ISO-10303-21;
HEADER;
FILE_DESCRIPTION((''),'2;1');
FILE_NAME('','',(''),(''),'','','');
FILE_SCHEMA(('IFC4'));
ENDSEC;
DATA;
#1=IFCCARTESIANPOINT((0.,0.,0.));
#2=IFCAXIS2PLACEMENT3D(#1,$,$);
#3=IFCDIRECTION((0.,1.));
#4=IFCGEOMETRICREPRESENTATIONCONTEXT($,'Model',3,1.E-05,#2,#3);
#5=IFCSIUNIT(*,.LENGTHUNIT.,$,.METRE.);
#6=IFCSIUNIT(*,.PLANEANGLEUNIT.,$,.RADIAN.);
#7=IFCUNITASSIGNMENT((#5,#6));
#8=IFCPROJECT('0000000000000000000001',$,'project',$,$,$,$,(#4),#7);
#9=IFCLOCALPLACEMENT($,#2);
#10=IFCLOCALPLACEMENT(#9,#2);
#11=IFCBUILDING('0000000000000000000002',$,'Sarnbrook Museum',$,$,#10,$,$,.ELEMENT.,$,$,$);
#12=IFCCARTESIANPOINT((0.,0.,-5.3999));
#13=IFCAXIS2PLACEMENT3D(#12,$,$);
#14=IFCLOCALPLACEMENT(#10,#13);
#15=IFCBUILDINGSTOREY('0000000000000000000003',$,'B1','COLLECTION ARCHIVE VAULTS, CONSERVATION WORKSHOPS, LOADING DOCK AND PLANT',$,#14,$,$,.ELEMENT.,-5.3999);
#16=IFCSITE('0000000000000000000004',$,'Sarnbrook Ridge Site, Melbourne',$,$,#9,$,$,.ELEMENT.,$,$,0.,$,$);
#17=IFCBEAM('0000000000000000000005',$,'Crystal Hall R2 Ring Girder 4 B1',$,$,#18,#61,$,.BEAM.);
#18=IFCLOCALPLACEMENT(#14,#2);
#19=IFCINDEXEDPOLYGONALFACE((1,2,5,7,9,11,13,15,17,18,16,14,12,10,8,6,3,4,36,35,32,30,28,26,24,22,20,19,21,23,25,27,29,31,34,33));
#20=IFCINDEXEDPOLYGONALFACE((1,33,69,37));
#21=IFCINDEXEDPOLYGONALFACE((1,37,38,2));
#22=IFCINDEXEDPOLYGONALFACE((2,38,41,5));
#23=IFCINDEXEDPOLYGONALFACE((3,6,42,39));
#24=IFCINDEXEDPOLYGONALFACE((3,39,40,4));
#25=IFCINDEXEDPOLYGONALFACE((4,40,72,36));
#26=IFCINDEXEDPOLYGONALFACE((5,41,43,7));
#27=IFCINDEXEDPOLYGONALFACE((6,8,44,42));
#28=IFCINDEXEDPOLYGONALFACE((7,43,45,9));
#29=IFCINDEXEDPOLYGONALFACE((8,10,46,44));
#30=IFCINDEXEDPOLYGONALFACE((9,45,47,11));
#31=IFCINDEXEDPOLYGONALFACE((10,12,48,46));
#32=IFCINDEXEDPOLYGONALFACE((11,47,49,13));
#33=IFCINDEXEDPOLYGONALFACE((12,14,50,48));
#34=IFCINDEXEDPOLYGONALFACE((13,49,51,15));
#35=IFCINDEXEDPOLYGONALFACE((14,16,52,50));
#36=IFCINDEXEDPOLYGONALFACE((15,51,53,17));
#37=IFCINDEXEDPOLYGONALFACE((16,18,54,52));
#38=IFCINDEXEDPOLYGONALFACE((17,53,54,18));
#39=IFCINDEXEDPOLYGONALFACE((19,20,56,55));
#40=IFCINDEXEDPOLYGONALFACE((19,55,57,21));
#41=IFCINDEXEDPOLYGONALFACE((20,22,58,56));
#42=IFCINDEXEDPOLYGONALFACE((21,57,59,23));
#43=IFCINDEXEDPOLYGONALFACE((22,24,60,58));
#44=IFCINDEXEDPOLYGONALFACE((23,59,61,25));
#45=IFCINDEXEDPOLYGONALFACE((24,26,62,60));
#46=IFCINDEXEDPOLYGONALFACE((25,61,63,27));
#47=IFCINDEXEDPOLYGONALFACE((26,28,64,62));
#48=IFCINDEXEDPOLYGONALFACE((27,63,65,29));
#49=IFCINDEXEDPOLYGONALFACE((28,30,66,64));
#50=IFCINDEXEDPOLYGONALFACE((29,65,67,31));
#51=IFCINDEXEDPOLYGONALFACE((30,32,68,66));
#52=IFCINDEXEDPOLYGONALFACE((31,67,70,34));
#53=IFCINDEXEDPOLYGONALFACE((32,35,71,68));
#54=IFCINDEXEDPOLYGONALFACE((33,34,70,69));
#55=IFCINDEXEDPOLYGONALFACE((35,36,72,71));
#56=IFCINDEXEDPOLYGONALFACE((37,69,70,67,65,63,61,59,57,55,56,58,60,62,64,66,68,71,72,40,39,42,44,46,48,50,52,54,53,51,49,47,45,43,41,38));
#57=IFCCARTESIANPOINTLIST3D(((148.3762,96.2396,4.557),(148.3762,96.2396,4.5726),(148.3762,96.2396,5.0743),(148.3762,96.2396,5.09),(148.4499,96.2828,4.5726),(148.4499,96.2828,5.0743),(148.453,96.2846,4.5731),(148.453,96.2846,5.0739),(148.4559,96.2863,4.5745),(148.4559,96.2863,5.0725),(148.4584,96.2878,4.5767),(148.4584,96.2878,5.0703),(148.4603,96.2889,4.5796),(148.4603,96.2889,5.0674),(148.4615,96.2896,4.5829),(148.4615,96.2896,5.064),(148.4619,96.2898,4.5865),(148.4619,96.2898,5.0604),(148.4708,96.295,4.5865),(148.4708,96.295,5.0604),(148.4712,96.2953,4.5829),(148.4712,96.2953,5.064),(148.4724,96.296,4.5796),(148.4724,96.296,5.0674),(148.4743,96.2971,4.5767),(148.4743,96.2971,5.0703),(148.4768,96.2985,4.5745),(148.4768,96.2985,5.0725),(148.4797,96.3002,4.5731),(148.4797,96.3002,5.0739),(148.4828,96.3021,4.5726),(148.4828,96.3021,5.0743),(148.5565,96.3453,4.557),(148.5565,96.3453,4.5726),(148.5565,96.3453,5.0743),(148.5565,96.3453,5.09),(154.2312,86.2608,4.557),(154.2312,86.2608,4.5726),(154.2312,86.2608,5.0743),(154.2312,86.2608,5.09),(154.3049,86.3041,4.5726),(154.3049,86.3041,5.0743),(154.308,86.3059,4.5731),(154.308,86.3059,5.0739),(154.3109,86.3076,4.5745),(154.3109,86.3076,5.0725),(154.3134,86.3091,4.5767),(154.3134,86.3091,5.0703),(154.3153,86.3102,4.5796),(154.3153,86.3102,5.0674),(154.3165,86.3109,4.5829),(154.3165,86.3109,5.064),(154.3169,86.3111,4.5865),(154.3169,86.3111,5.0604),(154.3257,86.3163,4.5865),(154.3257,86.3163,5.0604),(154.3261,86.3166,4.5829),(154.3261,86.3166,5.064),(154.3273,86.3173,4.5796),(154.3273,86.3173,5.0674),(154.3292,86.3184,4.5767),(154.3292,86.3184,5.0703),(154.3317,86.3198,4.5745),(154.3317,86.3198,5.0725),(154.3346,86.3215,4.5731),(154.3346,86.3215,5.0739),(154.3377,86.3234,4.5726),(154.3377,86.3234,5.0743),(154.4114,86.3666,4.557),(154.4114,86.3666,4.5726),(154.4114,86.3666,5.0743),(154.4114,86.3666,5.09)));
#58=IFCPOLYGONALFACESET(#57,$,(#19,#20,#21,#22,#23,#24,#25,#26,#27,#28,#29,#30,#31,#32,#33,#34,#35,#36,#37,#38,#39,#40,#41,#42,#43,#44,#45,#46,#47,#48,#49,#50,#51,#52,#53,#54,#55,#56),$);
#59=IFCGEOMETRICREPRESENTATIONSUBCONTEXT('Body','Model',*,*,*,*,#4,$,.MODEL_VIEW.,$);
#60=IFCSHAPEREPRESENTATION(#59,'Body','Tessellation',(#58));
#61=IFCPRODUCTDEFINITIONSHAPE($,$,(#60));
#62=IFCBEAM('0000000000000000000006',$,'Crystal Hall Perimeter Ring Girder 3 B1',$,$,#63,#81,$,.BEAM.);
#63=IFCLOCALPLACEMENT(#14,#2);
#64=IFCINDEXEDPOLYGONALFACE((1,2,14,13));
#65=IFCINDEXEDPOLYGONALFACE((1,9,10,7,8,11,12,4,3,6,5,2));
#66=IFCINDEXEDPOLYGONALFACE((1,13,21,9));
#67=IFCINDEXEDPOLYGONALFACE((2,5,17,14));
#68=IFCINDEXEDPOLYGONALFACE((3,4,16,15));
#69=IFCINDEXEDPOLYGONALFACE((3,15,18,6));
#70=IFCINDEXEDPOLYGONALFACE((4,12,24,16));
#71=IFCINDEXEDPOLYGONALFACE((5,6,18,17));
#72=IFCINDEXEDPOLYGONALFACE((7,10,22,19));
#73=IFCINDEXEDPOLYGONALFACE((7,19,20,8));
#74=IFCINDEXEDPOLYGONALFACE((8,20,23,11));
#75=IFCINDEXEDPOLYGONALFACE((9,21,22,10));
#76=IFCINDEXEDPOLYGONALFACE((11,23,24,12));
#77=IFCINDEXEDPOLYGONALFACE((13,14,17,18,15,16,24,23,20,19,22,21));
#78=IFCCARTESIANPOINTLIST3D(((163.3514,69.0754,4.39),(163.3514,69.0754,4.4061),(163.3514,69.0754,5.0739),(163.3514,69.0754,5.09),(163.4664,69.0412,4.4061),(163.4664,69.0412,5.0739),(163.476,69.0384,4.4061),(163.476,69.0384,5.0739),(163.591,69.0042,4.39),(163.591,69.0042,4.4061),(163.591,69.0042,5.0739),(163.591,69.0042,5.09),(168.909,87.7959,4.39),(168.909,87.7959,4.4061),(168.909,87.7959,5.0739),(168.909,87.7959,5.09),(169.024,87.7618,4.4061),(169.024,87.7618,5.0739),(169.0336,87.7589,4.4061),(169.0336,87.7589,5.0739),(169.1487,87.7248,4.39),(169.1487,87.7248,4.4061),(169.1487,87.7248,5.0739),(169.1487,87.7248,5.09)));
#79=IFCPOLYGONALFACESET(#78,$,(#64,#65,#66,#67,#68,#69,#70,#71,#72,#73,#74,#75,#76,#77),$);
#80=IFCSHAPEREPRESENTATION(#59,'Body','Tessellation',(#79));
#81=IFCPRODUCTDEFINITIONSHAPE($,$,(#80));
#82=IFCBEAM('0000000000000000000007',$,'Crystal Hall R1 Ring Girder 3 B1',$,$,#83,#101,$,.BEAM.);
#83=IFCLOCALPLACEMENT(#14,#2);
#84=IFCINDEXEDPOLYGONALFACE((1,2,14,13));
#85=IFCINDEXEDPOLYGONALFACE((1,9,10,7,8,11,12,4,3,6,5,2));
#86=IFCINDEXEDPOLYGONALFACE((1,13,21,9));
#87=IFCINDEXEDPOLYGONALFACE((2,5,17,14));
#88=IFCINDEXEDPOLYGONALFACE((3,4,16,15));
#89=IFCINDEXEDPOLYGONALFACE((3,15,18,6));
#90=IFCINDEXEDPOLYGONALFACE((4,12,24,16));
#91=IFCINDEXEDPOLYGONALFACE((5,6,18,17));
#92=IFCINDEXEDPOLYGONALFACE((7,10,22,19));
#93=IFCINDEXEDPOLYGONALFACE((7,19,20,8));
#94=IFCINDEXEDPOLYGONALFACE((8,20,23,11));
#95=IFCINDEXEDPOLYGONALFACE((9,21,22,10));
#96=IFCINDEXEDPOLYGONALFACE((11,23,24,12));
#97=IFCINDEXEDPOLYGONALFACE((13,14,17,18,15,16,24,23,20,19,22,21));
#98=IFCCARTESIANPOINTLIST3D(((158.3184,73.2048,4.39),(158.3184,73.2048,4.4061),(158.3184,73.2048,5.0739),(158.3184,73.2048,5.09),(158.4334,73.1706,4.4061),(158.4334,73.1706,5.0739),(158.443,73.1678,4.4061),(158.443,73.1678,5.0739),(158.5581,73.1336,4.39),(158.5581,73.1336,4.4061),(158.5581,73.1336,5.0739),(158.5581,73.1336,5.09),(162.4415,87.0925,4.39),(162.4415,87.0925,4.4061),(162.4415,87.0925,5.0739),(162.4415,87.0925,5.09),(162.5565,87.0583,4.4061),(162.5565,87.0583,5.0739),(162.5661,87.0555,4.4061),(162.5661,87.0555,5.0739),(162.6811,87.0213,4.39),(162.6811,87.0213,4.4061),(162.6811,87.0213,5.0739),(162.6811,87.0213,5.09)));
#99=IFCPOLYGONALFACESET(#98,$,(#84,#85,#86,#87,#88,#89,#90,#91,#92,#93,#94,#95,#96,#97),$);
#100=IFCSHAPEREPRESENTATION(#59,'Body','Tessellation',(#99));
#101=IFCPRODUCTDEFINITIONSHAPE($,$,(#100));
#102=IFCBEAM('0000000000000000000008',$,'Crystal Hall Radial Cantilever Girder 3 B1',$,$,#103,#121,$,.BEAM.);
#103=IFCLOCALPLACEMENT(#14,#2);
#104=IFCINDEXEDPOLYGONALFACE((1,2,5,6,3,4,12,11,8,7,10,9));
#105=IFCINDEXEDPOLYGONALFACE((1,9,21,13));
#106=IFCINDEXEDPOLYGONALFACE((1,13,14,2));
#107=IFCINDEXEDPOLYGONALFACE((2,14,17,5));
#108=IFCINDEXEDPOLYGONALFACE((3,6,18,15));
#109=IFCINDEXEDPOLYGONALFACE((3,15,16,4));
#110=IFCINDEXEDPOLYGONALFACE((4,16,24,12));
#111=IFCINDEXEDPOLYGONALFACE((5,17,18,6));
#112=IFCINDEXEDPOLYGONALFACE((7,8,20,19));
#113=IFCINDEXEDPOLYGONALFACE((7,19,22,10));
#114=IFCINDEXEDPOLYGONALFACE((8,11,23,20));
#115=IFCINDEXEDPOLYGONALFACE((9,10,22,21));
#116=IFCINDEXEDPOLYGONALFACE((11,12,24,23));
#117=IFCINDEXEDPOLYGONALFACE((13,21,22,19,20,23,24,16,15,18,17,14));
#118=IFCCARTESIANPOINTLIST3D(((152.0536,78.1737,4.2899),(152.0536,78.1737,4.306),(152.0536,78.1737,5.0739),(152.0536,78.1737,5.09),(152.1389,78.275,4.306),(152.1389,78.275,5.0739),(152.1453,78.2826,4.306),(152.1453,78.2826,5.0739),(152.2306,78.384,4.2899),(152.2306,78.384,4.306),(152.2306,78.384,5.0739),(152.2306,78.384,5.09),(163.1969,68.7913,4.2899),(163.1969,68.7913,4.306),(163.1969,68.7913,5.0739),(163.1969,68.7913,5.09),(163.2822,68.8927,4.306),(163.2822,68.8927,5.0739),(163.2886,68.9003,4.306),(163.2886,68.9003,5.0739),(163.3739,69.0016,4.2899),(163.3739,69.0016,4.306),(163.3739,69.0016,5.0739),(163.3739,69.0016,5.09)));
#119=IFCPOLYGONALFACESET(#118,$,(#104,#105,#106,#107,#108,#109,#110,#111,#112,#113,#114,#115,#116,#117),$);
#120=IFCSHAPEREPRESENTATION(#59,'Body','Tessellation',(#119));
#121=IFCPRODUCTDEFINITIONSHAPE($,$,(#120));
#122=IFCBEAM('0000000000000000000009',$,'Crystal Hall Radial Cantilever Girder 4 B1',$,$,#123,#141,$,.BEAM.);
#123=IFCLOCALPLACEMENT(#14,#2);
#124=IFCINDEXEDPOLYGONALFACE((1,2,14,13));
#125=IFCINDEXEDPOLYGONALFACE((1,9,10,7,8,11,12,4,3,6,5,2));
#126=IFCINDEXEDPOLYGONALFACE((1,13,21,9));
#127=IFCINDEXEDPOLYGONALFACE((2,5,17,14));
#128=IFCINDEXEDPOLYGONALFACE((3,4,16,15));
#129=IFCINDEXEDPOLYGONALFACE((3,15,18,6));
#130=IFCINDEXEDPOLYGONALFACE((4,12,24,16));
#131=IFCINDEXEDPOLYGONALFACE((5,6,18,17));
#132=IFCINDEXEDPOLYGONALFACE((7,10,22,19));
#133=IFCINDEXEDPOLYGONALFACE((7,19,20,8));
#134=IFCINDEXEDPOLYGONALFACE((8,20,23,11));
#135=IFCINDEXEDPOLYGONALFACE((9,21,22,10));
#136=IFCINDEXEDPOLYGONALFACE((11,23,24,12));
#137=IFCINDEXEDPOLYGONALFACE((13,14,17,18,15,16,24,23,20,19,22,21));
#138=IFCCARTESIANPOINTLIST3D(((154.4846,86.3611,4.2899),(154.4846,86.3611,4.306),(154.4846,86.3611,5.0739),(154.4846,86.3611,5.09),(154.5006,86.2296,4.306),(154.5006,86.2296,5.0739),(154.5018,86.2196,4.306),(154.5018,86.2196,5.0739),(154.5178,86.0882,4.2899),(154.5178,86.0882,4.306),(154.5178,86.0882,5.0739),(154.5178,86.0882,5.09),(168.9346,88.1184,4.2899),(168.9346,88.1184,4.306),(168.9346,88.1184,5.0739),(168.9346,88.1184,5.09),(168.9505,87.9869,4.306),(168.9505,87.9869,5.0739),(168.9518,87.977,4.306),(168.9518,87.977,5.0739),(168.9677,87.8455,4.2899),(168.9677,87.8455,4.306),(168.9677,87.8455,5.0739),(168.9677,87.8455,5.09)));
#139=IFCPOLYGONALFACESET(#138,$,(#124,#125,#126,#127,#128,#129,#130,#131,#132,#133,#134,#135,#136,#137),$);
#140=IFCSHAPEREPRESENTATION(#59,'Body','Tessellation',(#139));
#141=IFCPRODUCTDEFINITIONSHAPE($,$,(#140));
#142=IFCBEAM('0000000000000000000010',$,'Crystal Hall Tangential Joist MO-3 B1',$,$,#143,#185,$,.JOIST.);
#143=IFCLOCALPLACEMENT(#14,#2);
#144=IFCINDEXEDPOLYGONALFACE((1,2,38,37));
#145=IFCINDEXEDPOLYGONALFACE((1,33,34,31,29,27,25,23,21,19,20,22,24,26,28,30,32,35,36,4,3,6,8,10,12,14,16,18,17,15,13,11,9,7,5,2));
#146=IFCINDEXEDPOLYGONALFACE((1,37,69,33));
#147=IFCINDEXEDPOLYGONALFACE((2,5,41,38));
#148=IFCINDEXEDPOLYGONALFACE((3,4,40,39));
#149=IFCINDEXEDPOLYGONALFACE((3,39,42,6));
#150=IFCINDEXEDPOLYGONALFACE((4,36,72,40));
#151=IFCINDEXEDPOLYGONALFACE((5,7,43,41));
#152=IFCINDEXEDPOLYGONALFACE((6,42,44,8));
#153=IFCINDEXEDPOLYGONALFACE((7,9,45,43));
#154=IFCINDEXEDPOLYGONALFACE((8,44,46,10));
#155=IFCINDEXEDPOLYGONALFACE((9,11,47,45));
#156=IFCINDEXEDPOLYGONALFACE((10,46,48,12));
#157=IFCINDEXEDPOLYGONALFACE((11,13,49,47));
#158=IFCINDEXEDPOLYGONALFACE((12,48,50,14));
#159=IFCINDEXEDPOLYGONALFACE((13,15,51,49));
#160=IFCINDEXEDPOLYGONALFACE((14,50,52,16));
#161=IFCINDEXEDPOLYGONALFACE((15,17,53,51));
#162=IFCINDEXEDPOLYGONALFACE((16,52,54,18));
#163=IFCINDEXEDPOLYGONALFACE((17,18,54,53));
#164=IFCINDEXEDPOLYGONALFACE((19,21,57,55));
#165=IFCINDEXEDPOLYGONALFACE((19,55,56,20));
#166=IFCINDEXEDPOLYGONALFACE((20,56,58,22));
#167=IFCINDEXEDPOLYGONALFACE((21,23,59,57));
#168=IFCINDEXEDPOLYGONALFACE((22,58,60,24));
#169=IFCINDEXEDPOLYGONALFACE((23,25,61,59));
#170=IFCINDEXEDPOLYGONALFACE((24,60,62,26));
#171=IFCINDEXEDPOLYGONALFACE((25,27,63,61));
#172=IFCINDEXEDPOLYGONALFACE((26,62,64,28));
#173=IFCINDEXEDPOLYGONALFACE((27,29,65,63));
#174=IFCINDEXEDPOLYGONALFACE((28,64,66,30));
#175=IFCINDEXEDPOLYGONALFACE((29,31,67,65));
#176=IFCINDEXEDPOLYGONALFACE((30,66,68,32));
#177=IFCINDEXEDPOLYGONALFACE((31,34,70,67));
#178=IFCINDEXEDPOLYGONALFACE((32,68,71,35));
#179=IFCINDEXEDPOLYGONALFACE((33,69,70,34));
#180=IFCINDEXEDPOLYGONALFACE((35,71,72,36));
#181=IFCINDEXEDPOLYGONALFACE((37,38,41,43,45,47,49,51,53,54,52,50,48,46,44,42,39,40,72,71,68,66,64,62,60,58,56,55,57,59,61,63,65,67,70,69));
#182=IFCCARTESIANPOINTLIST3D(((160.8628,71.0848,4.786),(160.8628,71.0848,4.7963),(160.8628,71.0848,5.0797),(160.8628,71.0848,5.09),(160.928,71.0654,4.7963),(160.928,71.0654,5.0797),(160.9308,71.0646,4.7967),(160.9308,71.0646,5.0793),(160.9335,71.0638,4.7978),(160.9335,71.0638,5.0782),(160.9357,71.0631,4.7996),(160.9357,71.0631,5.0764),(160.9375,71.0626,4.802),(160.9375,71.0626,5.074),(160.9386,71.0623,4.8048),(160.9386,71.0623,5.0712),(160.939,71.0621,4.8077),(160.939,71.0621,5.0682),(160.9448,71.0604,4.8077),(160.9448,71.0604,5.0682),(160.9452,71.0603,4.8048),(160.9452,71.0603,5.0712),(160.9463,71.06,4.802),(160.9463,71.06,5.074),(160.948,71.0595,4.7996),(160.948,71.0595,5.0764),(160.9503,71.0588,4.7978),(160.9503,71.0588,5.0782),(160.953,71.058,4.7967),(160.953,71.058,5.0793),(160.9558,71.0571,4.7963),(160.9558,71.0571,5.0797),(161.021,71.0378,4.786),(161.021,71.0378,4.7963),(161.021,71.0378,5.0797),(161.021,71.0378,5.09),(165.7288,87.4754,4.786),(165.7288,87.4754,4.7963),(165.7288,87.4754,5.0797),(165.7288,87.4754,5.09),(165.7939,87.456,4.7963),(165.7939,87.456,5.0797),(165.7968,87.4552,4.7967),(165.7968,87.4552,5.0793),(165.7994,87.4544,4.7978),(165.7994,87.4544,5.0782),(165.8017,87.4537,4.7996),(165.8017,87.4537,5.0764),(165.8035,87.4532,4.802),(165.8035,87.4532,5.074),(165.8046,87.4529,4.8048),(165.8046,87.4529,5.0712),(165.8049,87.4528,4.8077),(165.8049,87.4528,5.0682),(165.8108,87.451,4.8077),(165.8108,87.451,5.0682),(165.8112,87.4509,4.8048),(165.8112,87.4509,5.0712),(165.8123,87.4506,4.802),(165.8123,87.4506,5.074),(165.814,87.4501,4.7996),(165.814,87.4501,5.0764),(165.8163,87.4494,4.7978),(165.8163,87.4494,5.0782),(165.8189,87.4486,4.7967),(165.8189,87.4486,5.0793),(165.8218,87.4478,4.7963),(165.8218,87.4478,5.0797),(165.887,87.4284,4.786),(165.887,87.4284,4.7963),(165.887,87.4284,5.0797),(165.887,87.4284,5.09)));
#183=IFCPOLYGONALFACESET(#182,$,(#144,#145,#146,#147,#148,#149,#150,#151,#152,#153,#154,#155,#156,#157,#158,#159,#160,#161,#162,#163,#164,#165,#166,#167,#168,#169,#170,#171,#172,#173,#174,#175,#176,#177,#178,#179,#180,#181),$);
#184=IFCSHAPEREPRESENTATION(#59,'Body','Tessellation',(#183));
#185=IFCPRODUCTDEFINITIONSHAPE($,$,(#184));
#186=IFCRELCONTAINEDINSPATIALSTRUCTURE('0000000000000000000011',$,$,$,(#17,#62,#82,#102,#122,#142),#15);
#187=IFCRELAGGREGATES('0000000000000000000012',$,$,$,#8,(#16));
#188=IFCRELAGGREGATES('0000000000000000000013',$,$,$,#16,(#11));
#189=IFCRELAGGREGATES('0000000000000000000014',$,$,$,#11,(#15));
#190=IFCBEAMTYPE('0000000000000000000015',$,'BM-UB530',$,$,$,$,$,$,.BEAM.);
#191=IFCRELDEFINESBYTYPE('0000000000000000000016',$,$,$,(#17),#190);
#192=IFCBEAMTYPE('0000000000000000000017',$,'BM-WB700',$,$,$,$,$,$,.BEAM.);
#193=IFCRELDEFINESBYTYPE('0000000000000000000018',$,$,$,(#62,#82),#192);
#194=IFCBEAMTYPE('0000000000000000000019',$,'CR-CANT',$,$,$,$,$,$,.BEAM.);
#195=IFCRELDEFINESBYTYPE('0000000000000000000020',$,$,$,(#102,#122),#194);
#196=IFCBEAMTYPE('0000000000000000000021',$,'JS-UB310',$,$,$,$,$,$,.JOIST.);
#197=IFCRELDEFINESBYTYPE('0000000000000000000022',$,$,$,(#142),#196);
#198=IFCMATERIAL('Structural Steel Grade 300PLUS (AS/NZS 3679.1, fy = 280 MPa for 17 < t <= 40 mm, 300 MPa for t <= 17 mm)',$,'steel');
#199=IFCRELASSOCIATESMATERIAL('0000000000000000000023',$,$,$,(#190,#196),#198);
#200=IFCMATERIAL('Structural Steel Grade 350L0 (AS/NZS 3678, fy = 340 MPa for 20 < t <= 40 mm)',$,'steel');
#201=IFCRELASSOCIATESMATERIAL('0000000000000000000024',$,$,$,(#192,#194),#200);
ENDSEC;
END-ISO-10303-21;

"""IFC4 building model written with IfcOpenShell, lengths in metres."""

from ifc_helpers import new_model, si_unit, direction, frame, origin, origin_2d, place, context, subcontext, project, spatial, i_section, extrude, material, material_profile, profile_set, type_object, element, save


model = new_model("IFC4")

# Units and contexts
model_context = context("Model", 3, precision=1e-05, world=origin(), true_north=direction((0.0, 1.0)))
body_context = subcontext(model_context, "Body", "Model", "MODEL_VIEW")
ifc_project = project(units=[si_unit("LENGTHUNIT", "METRE"), si_unit("PLANEANGLEUNIT", "RADIAN")], contexts=[model_context])

# Site, building, storey
site_placement = place(None, origin())
site = spatial("IfcSite", under=ifc_project, at=site_placement, Name="Sarnbrook Ridge Site, Melbourne", CompositionType="ELEMENT", RefElevation=0.0)
building_placement = place(site_placement, origin())
building = spatial("IfcBuilding", under=site, at=building_placement, Name="Sarnbrook Museum", CompositionType="ELEMENT")
storey_placement = place(building_placement, frame((0.0, 0.0, -5.3999)))
storey = spatial("IfcBuildingStorey", under=building, at=storey_placement, Name="B1", Description="COLLECTION ARCHIVE VAULTS, CONSERVATION WORKSHOPS, LOADING DOCK AND PLANT", CompositionType="ELEMENT", Elevation=-5.3999)

# Shared definitions
ifc_material_1 = material(Name="Structural Steel Grade 350L0 (AS/NZS 3678, fy = 340 MPa for 20 < t <= 40 mm)", Category="steel")

# Beams
ifc_material_2 = material(Name="Structural Steel Grade 300PLUS (AS/NZS 3679.1, fy = 280 MPa for 17 < t <= 40 mm, 300 MPa for t <= 17 mm)", Category="steel")
ifc_material_profile_1 = material_profile(ifc_material_2, i_section(OverallWidth=0.209, OverallDepth=0.533, WebThickness=0.0103, FlangeThickness=0.0156, FilletRadius=0.0139, at=origin_2d()), Name="530UB92.4")
ifc_profile_set_1 = profile_set([ifc_material_profile_1], Name="Structural Steel Grade 300PLUS (AS/NZS 3679.1, fy = 280 MPa for 17 < t <= 40 mm, 300 MPa for t <= 17 mm)")
beam_type_1 = type_object("IfcBeamType", Name="BM-UB530", PredefinedType="BEAM", material=ifc_profile_set_1)
beam_1_placement = place(storey_placement, frame((154.3213, 86.3137, 4.8235), z_axis=(-0.506064, 0.862496, 0.0), x_axis=(-0.862496, -0.506064, 0.0)))
element("IfcBeam", 1, at=beam_1_placement, inside=storey, type_object=beam_type_1, Name="Crystal Hall R2 Ring Girder 4 B1", PredefinedType="BEAM", context=body_context, shape_type="SweptSolid", body=[
    extrude(i_section(OverallWidth=0.209, OverallDepth=0.533, WebThickness=0.0103, FlangeThickness=0.0156, FilletRadius=0.0139, at=origin_2d()), origin(), (0.0, 0.0, 1.0), 11.5696),
])
ifc_material_profile_2 = material_profile(ifc_material_1, i_section(OverallWidth=0.25, OverallDepth=0.7, WebThickness=0.01, FlangeThickness=0.0161, at=origin_2d()), Name="700WB130")
ifc_profile_set_2 = profile_set([ifc_material_profile_2], Name="Structural Steel Grade 350L0 (AS/NZS 3678, fy = 340 MPa for 20 < t <= 40 mm)")
beam_type_2 = type_object("IfcBeamType", Name="BM-WB700", PredefinedType="BEAM", material=ifc_profile_set_2)
beam_2_placement = place(storey_placement, frame((163.4712, 69.0398, 4.74), z_axis=(0.284597, 0.958647, 0.0), x_axis=(-0.958647, 0.284597, 0.0)))
element("IfcBeam", 2, at=beam_2_placement, inside=storey, type_object=beam_type_2, Name="Crystal Hall Perimeter Ring Girder 3 B1", PredefinedType="BEAM", context=body_context, shape_type="SweptSolid", body=[
    extrude(i_section(OverallWidth=0.25, OverallDepth=0.7, WebThickness=0.01, FlangeThickness=0.0161, at=origin_2d()), origin(), (0.0, 0.0, 1.0), 19.5281),
])
beam_3_placement = place(storey_placement, frame((158.4382, 73.1692, 4.74), z_axis=(0.284607, 0.958644, 0.0), x_axis=(-0.958644, 0.284607, 0.0)))
element("IfcBeam", 3, at=beam_3_placement, inside=storey, type_object=beam_type_2, Name="Crystal Hall R1 Ring Girder 3 B1", PredefinedType="BEAM", context=body_context, shape_type="SweptSolid", body=[
    extrude(i_section(OverallWidth=0.25, OverallDepth=0.7, WebThickness=0.01, FlangeThickness=0.0161, at=origin_2d()), origin(), (0.0, 0.0, 1.0), 14.4868),
])
ifc_material_profile_3 = material_profile(ifc_material_1, i_section(OverallWidth=0.2749, OverallDepth=0.8, WebThickness=0.01, FlangeThickness=0.0161, at=origin_2d()), Name="800WB146")
ifc_profile_set_3 = profile_set([ifc_material_profile_3], Name="Structural Steel Grade 350L0 (AS/NZS 3678, fy = 340 MPa for 20 < t <= 40 mm)")
beam_type_3 = type_object("IfcBeamType", Name="CR-CANT", PredefinedType="BEAM", material=ifc_profile_set_3)
beam_4_placement = place(storey_placement, frame((152.1421, 78.2788, 4.6899), z_axis=(0.764962, -0.644075, 0.0), x_axis=(0.644075, 0.764962, 0.0)))
element("IfcBeam", 4, at=beam_4_placement, inside=storey, type_object=beam_type_3, Name="Crystal Hall Radial Cantilever Girder 3 B1", PredefinedType="BEAM", context=body_context, shape_type="SweptSolid", body=[
    extrude(i_section(OverallWidth=0.2749, OverallDepth=0.8, WebThickness=0.01, FlangeThickness=0.0161, at=origin_2d()), origin(), (0.0, 0.0, 1.0), 14.5671),
])
beam_5_placement = place(storey_placement, frame((154.5012, 86.2246, 4.6899), z_axis=(0.992686, 0.120725, 0.0), x_axis=(-0.120725, 0.992686, 0.0)))
element("IfcBeam", 5, at=beam_5_placement, inside=storey, type_object=beam_type_3, Name="Crystal Hall Radial Cantilever Girder 4 B1", PredefinedType="BEAM", context=body_context, shape_type="SweptSolid", body=[
    extrude(i_section(OverallWidth=0.2749, OverallDepth=0.8, WebThickness=0.01, FlangeThickness=0.0161, at=origin_2d()), origin(), (0.0, 0.0, 1.0), 14.5564),
])
ifc_material_profile_4 = material_profile(ifc_material_2, i_section(OverallWidth=0.165, OverallDepth=0.304, WebThickness=0.0061, FlangeThickness=0.0103, FilletRadius=0.0115, at=origin_2d()), Name="310UB40.4")
ifc_profile_set_4 = profile_set([ifc_material_profile_4], Name="Structural Steel Grade 300PLUS (AS/NZS 3679.1, fy = 280 MPa for 17 < t <= 40 mm, 300 MPa for t <= 17 mm)")
beam_type_4 = type_object("IfcBeamType", Name="JS-UB310", PredefinedType="JOIST", material=ifc_profile_set_4)
beam_6_placement = place(storey_placement, frame((160.9419, 71.0613, 4.938), z_axis=(0.284598, 0.958647, 0.0), x_axis=(-0.958647, 0.284598, 0.0)))
element("IfcBeam", 6, at=beam_6_placement, inside=storey, type_object=beam_type_4, Name="Crystal Hall Tangential Joist MO-3 B1", PredefinedType="JOIST", context=body_context, shape_type="SweptSolid", body=[
    extrude(i_section(OverallWidth=0.165, OverallDepth=0.304, WebThickness=0.0061, FlangeThickness=0.0103, FilletRadius=0.0115, at=origin_2d()), origin(), (0.0, 0.0, 1.0), 17.0977),
])

save(model, "model.ifc")
